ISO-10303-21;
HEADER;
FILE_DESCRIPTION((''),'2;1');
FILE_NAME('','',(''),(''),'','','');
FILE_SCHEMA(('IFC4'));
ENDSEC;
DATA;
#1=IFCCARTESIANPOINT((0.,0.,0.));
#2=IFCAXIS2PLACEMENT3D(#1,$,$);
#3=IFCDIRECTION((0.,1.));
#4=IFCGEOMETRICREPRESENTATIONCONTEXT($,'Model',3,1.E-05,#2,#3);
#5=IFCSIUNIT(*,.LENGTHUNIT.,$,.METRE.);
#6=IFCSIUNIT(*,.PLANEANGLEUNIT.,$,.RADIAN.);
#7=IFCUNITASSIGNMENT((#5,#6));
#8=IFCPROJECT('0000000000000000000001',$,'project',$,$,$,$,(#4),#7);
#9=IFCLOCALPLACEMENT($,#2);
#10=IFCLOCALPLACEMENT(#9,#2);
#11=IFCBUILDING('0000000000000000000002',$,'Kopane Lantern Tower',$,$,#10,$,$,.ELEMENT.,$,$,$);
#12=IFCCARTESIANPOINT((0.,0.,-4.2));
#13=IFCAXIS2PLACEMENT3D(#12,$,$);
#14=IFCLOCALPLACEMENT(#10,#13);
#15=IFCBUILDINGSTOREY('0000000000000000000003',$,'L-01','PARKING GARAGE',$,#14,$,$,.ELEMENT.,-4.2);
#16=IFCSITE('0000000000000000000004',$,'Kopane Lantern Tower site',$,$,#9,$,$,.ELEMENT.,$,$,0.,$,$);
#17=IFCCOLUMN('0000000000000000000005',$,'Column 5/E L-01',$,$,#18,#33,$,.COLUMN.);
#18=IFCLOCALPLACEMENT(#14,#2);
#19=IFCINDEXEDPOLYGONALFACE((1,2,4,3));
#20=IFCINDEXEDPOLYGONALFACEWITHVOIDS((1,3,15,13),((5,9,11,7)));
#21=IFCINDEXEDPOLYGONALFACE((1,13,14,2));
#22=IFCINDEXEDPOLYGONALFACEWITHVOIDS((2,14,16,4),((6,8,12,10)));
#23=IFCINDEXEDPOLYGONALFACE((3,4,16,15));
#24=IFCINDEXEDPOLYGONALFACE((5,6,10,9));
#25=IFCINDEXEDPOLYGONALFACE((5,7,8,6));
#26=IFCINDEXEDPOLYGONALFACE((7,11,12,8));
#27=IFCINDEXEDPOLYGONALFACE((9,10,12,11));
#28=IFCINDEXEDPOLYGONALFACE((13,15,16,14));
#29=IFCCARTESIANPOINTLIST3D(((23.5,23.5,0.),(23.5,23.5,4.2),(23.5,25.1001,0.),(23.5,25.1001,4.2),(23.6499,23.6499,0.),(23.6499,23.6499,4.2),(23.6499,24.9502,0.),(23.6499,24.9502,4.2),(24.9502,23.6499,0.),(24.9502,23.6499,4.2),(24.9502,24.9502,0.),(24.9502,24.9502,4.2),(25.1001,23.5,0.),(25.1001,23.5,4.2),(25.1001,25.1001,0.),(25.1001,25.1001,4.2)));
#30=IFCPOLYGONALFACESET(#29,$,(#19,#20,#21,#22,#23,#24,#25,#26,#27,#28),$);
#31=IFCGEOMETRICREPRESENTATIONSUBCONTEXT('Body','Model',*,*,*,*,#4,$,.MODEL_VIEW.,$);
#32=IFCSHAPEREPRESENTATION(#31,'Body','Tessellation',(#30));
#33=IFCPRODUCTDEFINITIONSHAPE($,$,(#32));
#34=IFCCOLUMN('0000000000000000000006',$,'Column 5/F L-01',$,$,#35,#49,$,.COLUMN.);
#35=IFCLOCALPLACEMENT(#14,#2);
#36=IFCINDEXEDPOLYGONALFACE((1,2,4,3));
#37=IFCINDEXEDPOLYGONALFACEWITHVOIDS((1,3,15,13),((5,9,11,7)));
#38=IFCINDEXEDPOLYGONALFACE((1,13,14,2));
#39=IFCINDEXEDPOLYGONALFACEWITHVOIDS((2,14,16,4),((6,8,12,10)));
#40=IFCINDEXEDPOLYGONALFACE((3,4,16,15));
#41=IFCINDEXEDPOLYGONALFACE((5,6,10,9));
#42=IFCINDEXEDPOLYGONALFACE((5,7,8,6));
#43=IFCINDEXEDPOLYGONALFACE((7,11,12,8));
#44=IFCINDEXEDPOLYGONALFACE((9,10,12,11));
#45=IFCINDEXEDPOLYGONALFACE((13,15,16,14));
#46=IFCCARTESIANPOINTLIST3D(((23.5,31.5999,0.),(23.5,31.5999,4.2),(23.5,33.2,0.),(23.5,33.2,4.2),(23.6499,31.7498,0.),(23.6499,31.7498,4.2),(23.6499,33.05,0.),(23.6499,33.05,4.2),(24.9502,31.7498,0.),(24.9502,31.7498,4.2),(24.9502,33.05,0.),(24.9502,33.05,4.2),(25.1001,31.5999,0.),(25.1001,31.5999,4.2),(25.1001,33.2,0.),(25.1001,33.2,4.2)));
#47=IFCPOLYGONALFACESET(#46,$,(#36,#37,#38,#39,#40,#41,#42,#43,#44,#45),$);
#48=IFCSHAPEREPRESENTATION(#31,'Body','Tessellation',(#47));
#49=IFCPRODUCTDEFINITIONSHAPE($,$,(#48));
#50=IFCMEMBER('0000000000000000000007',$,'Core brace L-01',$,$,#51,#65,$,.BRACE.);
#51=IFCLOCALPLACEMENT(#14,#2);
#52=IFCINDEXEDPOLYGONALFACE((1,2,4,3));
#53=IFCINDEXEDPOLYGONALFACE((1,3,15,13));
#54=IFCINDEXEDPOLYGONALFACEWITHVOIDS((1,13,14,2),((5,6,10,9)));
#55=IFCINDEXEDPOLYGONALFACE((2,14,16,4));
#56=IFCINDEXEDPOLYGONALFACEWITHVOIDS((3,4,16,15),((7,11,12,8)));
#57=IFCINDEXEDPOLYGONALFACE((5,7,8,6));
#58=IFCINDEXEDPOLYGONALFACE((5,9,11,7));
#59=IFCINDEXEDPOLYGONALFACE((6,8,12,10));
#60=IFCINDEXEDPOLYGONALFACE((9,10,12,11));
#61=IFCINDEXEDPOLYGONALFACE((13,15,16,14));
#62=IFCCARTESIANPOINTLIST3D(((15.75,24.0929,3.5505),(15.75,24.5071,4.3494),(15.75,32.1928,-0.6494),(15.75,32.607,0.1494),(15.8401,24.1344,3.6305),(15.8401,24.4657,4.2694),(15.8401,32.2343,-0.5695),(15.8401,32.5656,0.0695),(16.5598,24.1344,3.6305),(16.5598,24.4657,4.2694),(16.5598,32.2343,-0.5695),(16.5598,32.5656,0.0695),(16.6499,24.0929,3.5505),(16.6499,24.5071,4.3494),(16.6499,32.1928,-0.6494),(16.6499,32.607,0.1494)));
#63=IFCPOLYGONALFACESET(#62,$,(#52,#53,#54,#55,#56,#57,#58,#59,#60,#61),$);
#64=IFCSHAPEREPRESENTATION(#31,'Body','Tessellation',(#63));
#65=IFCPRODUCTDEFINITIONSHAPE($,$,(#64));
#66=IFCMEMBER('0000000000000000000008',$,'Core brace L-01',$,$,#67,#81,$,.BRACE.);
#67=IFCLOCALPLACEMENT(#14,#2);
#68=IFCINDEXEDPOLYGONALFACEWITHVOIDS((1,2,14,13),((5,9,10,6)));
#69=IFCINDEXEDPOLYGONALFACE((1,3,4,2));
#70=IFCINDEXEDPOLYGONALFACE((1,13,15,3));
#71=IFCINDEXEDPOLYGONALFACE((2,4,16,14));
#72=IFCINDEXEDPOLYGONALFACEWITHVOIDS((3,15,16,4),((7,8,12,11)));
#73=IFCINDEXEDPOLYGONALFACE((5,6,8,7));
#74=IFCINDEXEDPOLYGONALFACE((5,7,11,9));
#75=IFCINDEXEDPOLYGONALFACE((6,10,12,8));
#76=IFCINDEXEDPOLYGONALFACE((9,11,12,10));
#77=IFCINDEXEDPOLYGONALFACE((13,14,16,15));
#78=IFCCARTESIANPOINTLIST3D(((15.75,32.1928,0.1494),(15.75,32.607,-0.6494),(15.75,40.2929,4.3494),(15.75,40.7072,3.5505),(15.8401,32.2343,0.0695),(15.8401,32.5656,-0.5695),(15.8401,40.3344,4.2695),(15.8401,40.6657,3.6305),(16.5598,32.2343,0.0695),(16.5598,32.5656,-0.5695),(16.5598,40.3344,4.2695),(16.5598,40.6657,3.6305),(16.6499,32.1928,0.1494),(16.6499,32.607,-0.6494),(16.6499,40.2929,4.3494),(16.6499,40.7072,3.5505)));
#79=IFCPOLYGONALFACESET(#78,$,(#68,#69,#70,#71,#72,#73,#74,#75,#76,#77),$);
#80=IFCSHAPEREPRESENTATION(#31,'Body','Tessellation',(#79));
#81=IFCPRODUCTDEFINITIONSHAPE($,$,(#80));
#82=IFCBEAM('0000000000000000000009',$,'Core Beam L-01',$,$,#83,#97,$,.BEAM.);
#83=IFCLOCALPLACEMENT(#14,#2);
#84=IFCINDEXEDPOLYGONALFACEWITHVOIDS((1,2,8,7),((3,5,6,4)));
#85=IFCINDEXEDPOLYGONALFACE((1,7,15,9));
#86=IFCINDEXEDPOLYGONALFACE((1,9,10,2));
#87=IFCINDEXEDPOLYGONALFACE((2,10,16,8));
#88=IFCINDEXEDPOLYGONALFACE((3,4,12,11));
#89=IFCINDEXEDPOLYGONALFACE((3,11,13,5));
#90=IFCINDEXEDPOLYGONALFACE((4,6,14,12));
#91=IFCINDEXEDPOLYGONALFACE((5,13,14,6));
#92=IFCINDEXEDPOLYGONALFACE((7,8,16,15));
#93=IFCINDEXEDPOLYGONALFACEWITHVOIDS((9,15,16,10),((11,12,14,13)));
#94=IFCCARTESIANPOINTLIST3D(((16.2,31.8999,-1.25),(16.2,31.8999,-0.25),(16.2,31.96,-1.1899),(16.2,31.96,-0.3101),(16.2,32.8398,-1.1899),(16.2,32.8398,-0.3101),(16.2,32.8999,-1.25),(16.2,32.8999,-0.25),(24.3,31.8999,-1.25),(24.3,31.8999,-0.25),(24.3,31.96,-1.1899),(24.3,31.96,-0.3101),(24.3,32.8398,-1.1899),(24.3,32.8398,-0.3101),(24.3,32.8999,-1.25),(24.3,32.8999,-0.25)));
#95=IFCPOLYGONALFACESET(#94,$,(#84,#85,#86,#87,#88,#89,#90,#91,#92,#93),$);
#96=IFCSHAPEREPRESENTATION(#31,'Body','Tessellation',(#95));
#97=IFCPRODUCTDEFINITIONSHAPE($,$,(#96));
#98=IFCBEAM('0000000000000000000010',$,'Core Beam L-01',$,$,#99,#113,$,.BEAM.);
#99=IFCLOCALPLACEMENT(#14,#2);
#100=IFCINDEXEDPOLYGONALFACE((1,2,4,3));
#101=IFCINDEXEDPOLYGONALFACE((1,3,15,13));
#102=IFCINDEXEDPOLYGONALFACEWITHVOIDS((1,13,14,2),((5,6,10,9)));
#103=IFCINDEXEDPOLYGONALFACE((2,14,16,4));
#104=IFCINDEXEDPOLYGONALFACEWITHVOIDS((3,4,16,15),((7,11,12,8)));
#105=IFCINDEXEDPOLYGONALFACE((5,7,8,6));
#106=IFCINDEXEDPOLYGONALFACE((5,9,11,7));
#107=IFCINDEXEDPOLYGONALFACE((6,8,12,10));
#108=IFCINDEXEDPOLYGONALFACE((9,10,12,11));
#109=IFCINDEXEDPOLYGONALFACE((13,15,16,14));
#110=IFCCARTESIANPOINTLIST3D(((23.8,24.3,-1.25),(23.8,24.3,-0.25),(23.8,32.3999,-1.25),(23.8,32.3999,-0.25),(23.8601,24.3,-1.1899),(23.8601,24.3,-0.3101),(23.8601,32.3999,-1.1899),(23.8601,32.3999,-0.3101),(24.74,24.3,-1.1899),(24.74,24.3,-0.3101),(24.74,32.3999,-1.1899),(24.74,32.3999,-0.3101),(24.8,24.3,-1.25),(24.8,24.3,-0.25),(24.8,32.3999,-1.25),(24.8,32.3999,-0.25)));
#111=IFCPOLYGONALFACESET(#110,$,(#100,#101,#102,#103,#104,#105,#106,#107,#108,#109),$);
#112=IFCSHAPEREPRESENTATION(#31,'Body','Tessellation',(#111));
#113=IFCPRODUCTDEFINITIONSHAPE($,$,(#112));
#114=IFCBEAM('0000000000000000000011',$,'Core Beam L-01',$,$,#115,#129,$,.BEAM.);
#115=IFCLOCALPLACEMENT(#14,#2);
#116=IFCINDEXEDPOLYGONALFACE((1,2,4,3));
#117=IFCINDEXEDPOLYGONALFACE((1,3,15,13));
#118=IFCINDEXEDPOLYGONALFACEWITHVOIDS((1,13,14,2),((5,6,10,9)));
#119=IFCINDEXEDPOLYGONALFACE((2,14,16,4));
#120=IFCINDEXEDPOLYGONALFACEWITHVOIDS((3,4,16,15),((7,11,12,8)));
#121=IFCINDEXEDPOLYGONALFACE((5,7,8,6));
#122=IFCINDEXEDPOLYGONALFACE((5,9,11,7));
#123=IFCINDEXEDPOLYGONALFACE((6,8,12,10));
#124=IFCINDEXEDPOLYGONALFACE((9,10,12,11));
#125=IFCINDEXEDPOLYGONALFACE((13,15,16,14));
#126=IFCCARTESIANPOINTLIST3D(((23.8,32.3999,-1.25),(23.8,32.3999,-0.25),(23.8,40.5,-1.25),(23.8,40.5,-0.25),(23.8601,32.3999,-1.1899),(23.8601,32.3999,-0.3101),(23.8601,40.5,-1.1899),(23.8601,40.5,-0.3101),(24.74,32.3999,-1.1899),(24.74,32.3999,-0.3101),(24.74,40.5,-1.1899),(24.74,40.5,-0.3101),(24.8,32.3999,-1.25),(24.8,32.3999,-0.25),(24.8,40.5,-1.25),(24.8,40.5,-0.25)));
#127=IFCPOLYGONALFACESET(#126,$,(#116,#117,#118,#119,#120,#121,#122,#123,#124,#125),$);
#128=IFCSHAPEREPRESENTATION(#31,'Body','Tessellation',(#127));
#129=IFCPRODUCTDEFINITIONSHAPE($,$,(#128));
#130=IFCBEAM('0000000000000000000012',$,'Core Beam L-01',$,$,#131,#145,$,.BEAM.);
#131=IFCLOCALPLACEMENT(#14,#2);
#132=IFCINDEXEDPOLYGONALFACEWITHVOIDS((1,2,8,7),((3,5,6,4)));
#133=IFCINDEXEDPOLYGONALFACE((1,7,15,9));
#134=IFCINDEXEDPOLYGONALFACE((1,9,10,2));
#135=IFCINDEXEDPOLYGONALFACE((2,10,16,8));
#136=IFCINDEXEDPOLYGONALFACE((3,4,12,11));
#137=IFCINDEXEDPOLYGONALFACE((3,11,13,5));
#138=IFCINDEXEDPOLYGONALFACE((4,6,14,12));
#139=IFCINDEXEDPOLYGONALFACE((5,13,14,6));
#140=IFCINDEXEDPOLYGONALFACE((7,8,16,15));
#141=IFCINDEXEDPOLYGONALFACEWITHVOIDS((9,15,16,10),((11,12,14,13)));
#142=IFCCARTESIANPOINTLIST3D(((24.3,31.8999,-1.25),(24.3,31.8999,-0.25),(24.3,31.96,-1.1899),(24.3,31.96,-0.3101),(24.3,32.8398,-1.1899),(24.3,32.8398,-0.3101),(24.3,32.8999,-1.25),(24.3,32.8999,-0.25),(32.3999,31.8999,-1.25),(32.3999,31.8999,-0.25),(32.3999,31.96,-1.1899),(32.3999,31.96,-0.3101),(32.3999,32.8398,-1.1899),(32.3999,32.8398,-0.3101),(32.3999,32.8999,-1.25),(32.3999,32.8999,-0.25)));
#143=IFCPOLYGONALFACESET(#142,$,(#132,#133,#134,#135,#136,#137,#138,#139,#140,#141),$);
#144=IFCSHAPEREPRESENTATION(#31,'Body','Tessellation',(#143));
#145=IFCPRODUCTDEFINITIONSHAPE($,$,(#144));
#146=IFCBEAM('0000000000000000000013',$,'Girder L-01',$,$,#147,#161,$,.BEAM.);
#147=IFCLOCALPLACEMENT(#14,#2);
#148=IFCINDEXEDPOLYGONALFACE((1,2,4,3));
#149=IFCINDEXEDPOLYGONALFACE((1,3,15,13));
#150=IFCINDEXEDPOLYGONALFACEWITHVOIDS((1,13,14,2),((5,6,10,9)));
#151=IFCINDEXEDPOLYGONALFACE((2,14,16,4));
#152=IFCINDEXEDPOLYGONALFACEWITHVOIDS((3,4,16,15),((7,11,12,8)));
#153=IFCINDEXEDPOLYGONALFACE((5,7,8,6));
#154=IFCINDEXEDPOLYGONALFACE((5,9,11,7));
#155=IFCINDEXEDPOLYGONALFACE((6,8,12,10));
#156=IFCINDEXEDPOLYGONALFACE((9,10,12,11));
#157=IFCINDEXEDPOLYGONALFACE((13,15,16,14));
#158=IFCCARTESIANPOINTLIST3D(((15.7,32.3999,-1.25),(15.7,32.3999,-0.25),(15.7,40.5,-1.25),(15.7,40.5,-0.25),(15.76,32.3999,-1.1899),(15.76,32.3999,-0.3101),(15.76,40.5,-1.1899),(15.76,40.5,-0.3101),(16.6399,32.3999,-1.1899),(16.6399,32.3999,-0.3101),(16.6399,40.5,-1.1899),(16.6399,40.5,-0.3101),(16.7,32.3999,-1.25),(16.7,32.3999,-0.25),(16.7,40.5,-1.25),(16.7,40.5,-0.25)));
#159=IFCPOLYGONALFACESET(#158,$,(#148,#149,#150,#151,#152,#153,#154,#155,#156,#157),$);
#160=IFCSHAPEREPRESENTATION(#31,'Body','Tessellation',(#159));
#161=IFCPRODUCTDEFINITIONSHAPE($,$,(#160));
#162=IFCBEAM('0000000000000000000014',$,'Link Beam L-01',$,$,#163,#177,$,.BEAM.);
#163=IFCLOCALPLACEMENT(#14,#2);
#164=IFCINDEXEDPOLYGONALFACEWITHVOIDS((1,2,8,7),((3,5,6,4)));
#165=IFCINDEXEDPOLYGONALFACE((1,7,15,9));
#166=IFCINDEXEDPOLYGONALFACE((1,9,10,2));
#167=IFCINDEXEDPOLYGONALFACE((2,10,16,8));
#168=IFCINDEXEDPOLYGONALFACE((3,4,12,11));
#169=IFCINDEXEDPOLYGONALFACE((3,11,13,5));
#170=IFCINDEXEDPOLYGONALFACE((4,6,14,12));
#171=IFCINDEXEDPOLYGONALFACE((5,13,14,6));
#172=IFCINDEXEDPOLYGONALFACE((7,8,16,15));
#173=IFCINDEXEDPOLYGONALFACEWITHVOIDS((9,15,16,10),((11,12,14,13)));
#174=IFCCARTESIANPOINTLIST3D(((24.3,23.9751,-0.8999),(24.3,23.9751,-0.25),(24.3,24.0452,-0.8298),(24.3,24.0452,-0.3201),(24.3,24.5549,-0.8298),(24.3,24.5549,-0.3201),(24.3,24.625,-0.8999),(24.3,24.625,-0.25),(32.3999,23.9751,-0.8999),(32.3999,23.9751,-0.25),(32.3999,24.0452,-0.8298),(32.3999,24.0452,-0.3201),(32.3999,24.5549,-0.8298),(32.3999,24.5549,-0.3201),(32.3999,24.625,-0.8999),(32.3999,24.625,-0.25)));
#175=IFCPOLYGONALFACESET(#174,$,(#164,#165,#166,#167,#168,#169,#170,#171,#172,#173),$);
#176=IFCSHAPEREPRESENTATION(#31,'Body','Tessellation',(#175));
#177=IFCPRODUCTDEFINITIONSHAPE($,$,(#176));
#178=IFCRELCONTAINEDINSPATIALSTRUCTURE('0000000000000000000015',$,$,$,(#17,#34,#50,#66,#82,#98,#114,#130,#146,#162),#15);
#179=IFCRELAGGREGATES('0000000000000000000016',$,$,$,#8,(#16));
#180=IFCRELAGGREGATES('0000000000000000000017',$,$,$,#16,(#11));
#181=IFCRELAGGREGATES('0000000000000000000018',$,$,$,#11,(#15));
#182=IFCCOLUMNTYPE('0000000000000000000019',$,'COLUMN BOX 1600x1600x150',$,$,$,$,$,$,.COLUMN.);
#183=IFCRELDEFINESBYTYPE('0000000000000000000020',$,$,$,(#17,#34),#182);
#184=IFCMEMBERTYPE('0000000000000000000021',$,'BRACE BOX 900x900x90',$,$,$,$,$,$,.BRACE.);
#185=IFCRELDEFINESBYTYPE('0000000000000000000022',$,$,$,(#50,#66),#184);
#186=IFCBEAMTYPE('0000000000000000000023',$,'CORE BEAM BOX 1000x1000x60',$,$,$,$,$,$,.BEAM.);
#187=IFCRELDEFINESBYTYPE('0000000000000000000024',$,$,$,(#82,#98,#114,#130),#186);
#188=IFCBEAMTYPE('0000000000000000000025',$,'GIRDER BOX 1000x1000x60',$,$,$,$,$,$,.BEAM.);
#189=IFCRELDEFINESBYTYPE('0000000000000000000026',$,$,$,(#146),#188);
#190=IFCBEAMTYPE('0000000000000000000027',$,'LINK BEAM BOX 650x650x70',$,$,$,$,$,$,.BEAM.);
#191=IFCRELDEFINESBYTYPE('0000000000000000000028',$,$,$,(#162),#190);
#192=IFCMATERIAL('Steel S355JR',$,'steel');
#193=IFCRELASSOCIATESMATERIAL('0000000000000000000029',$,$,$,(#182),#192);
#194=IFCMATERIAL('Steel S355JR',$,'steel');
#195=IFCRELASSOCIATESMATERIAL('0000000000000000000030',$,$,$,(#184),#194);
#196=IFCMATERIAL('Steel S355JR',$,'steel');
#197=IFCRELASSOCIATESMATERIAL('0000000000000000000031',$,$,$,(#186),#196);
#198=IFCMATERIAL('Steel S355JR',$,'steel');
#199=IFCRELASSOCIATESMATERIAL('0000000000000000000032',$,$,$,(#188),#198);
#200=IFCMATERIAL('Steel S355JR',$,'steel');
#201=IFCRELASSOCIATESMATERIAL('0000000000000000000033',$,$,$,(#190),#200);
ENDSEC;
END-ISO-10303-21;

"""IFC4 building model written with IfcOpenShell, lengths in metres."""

from ifc_helpers import new_model, si_unit, direction, frame, origin, origin_2d, place, context, subcontext, project, spatial, hollow_rectangle, extrude, material, material_profile, profile_set, type_object, element, save


model = new_model("IFC4")

# Units and contexts
model_context = context("Model", 3, precision=1e-05, world=origin(), true_north=direction((0.0, 1.0)))
body_context = subcontext(model_context, "Body", "Model", "MODEL_VIEW")
ifc_project = project(units=[si_unit("LENGTHUNIT", "METRE"), si_unit("PLANEANGLEUNIT", "RADIAN")], contexts=[model_context])

# Site, building, storey
site_placement = place(None, origin())
site = spatial("IfcSite", under=ifc_project, at=site_placement, Name="Kopane Lantern Tower site", CompositionType="ELEMENT", RefElevation=0.0)
building_placement = place(site_placement, origin())
building = spatial("IfcBuilding", under=site, at=building_placement, Name="Kopane Lantern Tower", CompositionType="ELEMENT")
storey_placement = place(building_placement, frame((0.0, 0.0, -4.2)))
storey = spatial("IfcBuildingStorey", under=building, at=storey_placement, Name="L-01", Description="PARKING GARAGE", CompositionType="ELEMENT", Elevation=-4.2)

# Columns
ifc_material_1 = material(Name="Steel S355JR", Category="steel")
ifc_material_profile_1 = material_profile(ifc_material_1, hollow_rectangle(XDim=1.6001, YDim=1.6001, WallThickness=0.1499, at=origin_2d()), Name="BOX 1600x1600x150")
ifc_profile_set_1 = profile_set([ifc_material_profile_1], Name="Steel S355JR")
column_type = type_object("IfcColumnType", Name="COLUMN BOX 1600x1600x150", PredefinedType="COLUMN", material=ifc_profile_set_1)
for number, where, z_axis, x_axis, name in (
    (1, (24.3, 24.3, 0.0), (0.0, 0.0, 1.0), (1.0, 0.0, 0.0), "Column 5/E L-01"),
    (2, (24.3, 32.3999, 0.0), (0.0, 0.0, 1.0), (1.0, 0.0, 0.0), "Column 5/F L-01"),
):
    element("IfcColumn", number, at=place(storey_placement, frame(where, z_axis=z_axis, x_axis=x_axis)), inside=storey, type_object=column_type, Name=name, PredefinedType="COLUMN", context=body_context, shape_type="SweptSolid", body=[
        extrude(hollow_rectangle(XDim=1.6001, YDim=1.6001, WallThickness=0.1499, at=origin_2d()), origin(), (0.0, 0.0, 1.0), 4.2),
    ])

# Members
ifc_material_2 = material(Name="Steel S355JR", Category="steel")
ifc_material_profile_2 = material_profile(ifc_material_2, hollow_rectangle(XDim=0.8999, YDim=0.8999, WallThickness=0.0901, at=origin_2d()), Name="BOX 900x900x90")
ifc_profile_set_2 = profile_set([ifc_material_profile_2], Name="Steel S355JR")
member_type = type_object("IfcMemberType", Name="BRACE BOX 900x900x90", PredefinedType="BRACE", material=ifc_profile_set_2)
member_1_placement = place(storey_placement, frame((16.2, 32.3999, -0.25), z_axis=(0.0, -0.887753, 0.46032), x_axis=(1.0, 0.0, 0.0)))
element("IfcMember", 3, at=member_1_placement, inside=storey, type_object=member_type, Name="Core brace L-01", PredefinedType="BRACE", context=body_context, shape_type="SweptSolid", body=[
    extrude(hollow_rectangle(XDim=0.8999, YDim=0.8999, WallThickness=0.0901, at=origin_2d()), origin(), (0.0, 0.0, 1.0), 9.124),
])
member_2_placement = place(storey_placement, frame((16.2, 32.3999, -0.25), z_axis=(0.0, 0.887759, 0.460309), x_axis=(-1.0, 0.0, 0.0)))
element("IfcMember", 4, at=member_2_placement, inside=storey, type_object=member_type, Name="Core brace L-01", PredefinedType="BRACE", context=body_context, shape_type="SweptSolid", body=[
    extrude(hollow_rectangle(XDim=0.8999, YDim=0.8999, WallThickness=0.0901, at=origin_2d()), origin(), (0.0, 0.0, 1.0), 9.1243),
])

# Beams
ifc_material_3 = material(Name="Steel S355JR", Category="steel")
ifc_material_profile_3 = material_profile(ifc_material_3, hollow_rectangle(XDim=1.0, YDim=1.0, WallThickness=0.0601, at=origin_2d()), Name="BOX 1000x1000x60")
ifc_profile_set_3 = profile_set([ifc_material_profile_3], Name="Steel S355JR")
beam_type_1 = type_object("IfcBeamType", Name="CORE BEAM BOX 1000x1000x60", PredefinedType="BEAM", material=ifc_profile_set_3)
beam_1_placement = place(storey_placement, frame((16.2, 32.3999, -0.75), z_axis=(1.0, 0.0, 0.0), x_axis=(0.0, 1.0, 0.0)))
element("IfcBeam", 5, at=beam_1_placement, inside=storey, type_object=beam_type_1, Name="Core Beam L-01", PredefinedType="BEAM", context=body_context, shape_type="SweptSolid", body=[
    extrude(hollow_rectangle(XDim=1.0, YDim=1.0, WallThickness=0.0601, at=origin_2d()), origin(), (0.0, 0.0, 1.0), 8.1001),
])
beam_2_placement = place(storey_placement, frame((24.3, 24.3, -0.75), z_axis=(0.0, 1.0, 0.0), x_axis=(-1.0, 0.0, 0.0)))
element("IfcBeam", 6, at=beam_2_placement, inside=storey, type_object=beam_type_1, Name="Core Beam L-01", PredefinedType="BEAM", context=body_context, shape_type="SweptSolid", body=[
    extrude(hollow_rectangle(XDim=1.0, YDim=1.0, WallThickness=0.0601, at=origin_2d()), origin(), (0.0, 0.0, 1.0), 8.0999),
])
beam_3_placement = place(storey_placement, frame((24.3, 32.3999, -0.75), z_axis=(0.0, 1.0, 0.0), x_axis=(-1.0, 0.0, 0.0)))
element("IfcBeam", 7, at=beam_3_placement, inside=storey, type_object=beam_type_1, Name="Core Beam L-01", PredefinedType="BEAM", context=body_context, shape_type="SweptSolid", body=[
    extrude(hollow_rectangle(XDim=1.0, YDim=1.0, WallThickness=0.0601, at=origin_2d()), origin(), (0.0, 0.0, 1.0), 8.1001),
])
beam_4_placement = place(storey_placement, frame((24.3, 32.3999, -0.75), z_axis=(1.0, 0.0, 0.0), x_axis=(0.0, 1.0, 0.0)))
element("IfcBeam", 8, at=beam_4_placement, inside=storey, type_object=beam_type_1, Name="Core Beam L-01", PredefinedType="BEAM", context=body_context, shape_type="SweptSolid", body=[
    extrude(hollow_rectangle(XDim=1.0, YDim=1.0, WallThickness=0.0601, at=origin_2d()), origin(), (0.0, 0.0, 1.0), 8.0999),
])
ifc_material_4 = material(Name="Steel S355JR", Category="steel")
ifc_material_profile_4 = material_profile(ifc_material_4, hollow_rectangle(XDim=1.0, YDim=1.0, WallThickness=0.0601, at=origin_2d()), Name="BOX 1000x1000x60")
ifc_profile_set_4 = profile_set([ifc_material_profile_4], Name="Steel S355JR")
beam_type_2 = type_object("IfcBeamType", Name="GIRDER BOX 1000x1000x60", PredefinedType="BEAM", material=ifc_profile_set_4)
beam_5_placement = place(storey_placement, frame((16.2, 32.3999, -0.75), z_axis=(0.0, 1.0, 0.0), x_axis=(-1.0, 0.0, 0.0)))
element("IfcBeam", 9, at=beam_5_placement, inside=storey, type_object=beam_type_2, Name="Girder L-01", PredefinedType="BEAM", context=body_context, shape_type="SweptSolid", body=[
    extrude(hollow_rectangle(XDim=1.0, YDim=1.0, WallThickness=0.0601, at=origin_2d()), origin(), (0.0, 0.0, 1.0), 8.1001),
])
ifc_material_5 = material(Name="Steel S355JR", Category="steel")
ifc_material_profile_5 = material_profile(ifc_material_5, hollow_rectangle(XDim=0.6499, YDim=0.6499, WallThickness=0.0701, at=origin_2d()), Name="BOX 650x650x70")
ifc_profile_set_5 = profile_set([ifc_material_profile_5], Name="Steel S355JR")
beam_type_3 = type_object("IfcBeamType", Name="LINK BEAM BOX 650x650x70", PredefinedType="BEAM", material=ifc_profile_set_5)
beam_6_placement = place(storey_placement, frame((24.3, 24.3, -0.575), z_axis=(1.0, 0.0, 0.0), x_axis=(0.0, 1.0, 0.0)))
element("IfcBeam", 10, at=beam_6_placement, inside=storey, type_object=beam_type_3, Name="Link Beam L-01", PredefinedType="BEAM", context=body_context, shape_type="SweptSolid", body=[
    extrude(hollow_rectangle(XDim=0.6499, YDim=0.6499, WallThickness=0.0701, at=origin_2d()), origin(), (0.0, 0.0, 1.0), 8.0999),
])

save(model, "model.ifc")
